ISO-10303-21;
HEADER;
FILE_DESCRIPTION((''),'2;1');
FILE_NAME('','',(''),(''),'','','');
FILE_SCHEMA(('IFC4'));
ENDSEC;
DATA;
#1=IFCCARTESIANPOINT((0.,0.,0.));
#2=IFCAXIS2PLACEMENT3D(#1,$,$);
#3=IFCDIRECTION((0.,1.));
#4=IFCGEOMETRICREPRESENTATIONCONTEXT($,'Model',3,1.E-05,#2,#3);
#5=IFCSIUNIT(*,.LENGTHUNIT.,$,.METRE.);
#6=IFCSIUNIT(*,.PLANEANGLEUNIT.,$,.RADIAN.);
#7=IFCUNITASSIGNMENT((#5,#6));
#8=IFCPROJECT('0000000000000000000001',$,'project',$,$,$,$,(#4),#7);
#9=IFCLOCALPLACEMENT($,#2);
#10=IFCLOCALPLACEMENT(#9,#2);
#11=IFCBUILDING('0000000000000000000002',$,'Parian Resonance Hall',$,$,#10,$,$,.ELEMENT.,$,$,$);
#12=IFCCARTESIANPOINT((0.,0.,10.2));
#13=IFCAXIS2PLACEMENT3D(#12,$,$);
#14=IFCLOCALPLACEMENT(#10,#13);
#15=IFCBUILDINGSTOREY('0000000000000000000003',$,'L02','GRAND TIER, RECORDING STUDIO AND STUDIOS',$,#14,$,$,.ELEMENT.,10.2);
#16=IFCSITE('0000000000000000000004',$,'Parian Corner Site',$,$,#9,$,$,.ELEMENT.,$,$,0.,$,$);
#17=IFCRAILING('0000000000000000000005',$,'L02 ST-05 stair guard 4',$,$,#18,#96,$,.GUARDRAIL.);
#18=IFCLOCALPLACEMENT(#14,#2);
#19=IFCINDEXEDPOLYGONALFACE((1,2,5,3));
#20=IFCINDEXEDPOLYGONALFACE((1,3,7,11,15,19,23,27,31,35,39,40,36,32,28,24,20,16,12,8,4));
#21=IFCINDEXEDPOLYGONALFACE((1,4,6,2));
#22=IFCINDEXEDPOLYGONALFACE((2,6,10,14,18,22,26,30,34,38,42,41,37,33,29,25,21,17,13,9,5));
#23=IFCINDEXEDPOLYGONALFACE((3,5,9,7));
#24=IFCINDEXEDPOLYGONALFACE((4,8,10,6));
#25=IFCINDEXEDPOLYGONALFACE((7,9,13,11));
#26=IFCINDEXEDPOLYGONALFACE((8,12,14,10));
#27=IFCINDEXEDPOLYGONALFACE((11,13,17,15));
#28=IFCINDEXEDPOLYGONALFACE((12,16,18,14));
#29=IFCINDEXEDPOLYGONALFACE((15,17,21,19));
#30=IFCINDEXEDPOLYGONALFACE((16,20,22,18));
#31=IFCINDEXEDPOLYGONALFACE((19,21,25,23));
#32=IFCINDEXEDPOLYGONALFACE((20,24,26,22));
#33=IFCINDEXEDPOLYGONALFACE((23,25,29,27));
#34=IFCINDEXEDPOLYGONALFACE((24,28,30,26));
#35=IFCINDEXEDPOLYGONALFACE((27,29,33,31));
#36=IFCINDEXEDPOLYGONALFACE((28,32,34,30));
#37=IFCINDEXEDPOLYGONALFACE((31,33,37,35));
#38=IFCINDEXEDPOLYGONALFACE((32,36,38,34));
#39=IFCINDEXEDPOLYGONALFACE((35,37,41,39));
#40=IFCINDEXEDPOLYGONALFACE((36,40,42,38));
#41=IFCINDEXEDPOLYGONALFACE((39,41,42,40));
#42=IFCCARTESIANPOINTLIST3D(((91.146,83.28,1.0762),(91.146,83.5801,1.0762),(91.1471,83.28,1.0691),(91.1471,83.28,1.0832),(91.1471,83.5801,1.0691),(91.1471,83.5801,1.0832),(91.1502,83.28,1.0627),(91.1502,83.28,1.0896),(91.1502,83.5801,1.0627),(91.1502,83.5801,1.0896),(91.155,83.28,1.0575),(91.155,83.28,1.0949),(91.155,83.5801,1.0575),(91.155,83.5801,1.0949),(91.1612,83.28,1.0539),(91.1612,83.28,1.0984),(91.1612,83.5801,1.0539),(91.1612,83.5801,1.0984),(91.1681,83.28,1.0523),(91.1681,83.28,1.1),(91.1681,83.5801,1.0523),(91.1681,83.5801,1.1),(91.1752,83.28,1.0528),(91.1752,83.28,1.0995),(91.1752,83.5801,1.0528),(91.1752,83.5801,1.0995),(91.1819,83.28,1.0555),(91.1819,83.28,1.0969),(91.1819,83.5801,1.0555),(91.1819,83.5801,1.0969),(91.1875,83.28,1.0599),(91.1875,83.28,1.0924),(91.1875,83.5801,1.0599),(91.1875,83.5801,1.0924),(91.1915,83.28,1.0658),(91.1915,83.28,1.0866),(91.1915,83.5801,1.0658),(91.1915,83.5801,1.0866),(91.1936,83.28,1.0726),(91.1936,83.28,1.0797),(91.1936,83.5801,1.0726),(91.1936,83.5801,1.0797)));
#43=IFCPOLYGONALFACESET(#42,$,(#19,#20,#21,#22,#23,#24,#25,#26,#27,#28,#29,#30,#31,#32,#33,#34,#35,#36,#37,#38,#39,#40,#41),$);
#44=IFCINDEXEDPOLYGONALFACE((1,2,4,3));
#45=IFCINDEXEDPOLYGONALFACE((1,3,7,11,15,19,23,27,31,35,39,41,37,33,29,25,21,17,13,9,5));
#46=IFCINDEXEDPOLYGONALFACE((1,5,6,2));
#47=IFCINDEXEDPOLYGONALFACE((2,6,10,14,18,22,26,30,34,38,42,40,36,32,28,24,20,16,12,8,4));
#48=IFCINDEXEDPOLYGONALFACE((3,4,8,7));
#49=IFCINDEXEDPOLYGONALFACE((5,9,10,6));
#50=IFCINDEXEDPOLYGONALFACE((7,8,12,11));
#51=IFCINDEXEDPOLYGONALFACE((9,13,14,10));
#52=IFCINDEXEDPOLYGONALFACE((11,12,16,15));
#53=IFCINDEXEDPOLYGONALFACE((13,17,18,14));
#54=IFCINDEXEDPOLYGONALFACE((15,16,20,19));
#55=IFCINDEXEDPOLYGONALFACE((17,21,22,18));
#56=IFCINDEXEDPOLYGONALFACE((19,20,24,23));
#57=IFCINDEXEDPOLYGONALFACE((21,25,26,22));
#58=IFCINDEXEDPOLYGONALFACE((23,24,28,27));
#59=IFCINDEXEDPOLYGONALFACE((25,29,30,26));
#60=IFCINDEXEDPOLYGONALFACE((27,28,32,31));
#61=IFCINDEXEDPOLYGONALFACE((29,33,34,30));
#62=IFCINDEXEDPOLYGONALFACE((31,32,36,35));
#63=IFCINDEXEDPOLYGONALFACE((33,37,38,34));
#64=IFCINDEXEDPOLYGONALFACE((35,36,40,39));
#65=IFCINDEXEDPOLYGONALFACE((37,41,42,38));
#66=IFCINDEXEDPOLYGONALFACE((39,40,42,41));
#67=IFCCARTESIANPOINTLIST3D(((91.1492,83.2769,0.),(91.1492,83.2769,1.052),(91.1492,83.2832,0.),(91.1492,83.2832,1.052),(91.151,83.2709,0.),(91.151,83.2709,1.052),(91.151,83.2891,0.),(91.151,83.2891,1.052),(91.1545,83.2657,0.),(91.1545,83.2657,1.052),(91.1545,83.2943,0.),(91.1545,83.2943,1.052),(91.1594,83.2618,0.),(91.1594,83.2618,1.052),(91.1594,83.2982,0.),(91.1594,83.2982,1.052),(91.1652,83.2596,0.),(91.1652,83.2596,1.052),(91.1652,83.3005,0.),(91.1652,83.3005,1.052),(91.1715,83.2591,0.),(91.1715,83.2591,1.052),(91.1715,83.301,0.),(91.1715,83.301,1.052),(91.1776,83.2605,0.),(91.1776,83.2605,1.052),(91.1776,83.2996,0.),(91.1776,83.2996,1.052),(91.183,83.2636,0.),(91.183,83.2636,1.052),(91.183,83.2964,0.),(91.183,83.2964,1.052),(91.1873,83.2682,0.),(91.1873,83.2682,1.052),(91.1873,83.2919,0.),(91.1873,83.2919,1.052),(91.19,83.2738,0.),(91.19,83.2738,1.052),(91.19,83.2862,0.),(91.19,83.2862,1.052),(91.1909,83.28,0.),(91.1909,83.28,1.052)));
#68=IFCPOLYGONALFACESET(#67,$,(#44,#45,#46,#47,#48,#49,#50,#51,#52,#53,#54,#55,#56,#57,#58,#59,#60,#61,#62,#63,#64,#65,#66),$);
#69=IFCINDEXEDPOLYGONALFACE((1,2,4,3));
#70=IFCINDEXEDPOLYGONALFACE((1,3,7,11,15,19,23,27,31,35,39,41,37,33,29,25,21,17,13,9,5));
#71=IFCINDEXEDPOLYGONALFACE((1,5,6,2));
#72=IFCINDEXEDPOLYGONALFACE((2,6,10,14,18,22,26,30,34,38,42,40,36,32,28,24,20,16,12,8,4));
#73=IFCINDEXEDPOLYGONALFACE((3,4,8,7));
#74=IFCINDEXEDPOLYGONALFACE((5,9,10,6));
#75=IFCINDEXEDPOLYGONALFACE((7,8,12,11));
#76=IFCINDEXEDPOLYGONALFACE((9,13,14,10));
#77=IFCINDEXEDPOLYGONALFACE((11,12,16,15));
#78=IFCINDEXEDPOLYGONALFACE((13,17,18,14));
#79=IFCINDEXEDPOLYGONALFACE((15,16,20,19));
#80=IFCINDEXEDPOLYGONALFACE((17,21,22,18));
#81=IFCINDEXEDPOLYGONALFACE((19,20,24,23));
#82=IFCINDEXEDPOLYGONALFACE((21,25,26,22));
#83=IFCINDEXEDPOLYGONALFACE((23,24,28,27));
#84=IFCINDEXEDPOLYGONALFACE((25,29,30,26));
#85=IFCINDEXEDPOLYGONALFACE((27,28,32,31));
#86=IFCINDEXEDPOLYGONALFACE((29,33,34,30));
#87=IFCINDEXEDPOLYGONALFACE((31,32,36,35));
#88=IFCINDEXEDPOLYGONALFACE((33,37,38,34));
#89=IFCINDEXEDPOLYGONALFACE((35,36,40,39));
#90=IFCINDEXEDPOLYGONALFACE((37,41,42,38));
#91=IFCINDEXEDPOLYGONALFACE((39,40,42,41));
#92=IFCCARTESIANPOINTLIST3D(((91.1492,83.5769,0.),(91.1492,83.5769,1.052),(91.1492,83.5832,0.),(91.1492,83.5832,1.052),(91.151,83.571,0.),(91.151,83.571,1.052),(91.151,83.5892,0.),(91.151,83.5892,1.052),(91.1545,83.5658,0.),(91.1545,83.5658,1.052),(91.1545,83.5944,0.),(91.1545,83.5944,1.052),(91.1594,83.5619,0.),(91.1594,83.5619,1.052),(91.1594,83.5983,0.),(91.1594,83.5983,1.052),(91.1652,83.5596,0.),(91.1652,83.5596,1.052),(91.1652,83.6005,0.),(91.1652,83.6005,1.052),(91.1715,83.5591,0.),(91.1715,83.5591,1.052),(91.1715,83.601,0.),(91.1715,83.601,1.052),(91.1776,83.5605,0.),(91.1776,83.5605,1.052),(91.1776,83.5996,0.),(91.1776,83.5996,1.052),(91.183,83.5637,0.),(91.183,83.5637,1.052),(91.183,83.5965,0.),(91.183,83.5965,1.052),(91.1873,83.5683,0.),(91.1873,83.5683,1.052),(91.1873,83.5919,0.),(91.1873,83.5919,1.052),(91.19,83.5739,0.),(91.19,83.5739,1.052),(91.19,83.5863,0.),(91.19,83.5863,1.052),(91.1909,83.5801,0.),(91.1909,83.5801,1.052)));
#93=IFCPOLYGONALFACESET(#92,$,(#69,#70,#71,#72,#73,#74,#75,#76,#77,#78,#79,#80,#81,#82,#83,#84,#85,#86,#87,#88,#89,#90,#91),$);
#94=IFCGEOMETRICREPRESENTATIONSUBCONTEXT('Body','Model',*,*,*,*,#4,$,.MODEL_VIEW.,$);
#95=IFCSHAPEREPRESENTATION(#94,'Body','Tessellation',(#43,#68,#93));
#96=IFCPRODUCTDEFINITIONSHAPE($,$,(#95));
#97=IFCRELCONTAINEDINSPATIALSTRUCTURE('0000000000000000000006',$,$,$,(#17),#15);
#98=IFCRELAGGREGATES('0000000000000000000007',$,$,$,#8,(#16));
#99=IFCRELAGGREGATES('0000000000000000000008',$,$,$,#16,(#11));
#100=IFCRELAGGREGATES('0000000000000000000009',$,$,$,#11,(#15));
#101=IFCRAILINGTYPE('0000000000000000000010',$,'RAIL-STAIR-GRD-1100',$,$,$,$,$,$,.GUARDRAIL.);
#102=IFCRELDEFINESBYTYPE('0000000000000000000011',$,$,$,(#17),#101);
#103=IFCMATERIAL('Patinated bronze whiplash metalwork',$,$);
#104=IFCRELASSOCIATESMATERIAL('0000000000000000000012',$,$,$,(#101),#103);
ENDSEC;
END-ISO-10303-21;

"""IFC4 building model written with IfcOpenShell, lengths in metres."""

from ifc_helpers import new_model, si_unit, direction, frame, origin, origin_2d, place, context, subcontext, project, spatial, circle, extrude, material, type_object, element, save


model = new_model("IFC4")

# Units and contexts
model_context = context("Model", 3, precision=1e-05, world=origin(), true_north=direction((0.0, 1.0)))
body_context = subcontext(model_context, "Body", "Model", "MODEL_VIEW")
ifc_project = project(units=[si_unit("LENGTHUNIT", "METRE"), si_unit("PLANEANGLEUNIT", "RADIAN")], contexts=[model_context])

# Site, building, storey
site_placement = place(None, origin())
site = spatial("IfcSite", under=ifc_project, at=site_placement, Name="Parian Corner Site", CompositionType="ELEMENT", RefElevation=0.0)
building_placement = place(site_placement, origin())
building = spatial("IfcBuilding", under=site, at=building_placement, Name="Parian Resonance Hall", CompositionType="ELEMENT")
storey_placement = place(building_placement, frame((0.0, 0.0, 10.2)))
storey = spatial("IfcBuildingStorey", under=building, at=storey_placement, Name="L02", Description="GRAND TIER, RECORDING STUDIO AND STUDIOS", CompositionType="ELEMENT", Elevation=10.2)

# Railing
ifc_material_1 = material(Name="Patinated bronze whiplash metalwork")
railing_type_1 = type_object("IfcRailingType", Name="RAIL-STAIR-GRD-1100", PredefinedType="GUARDRAIL", material=ifc_material_1)
railing_1_placement = place(storey_placement, frame((91.1699, 83.28, 0.0)))
element("IfcRailing", 1, at=railing_1_placement, inside=storey, type_object=railing_type_1, Name="L02 ST-05 stair guard 4", PredefinedType="GUARDRAIL", context=body_context, shape_type="SweptSolid", body=[
    extrude(circle(Radius=0.0239, at=origin_2d()), frame((0.0, 0.0, 1.0762), z_axis=(0.0, 1.0, 0.0), x_axis=(-1.0, 0.0, 0.0)), (0.0, 0.0, 1.0), 0.3),
    extrude(circle(Radius=0.021, at=origin_2d()), origin(), (0.0, 0.0, 1.0), 1.052),
    extrude(circle(Radius=0.021, at=origin_2d()), frame((0.0, 0.3, 0.0)), (0.0, 0.0, 1.0), 1.052),
])

save(model, "model.ifc")
